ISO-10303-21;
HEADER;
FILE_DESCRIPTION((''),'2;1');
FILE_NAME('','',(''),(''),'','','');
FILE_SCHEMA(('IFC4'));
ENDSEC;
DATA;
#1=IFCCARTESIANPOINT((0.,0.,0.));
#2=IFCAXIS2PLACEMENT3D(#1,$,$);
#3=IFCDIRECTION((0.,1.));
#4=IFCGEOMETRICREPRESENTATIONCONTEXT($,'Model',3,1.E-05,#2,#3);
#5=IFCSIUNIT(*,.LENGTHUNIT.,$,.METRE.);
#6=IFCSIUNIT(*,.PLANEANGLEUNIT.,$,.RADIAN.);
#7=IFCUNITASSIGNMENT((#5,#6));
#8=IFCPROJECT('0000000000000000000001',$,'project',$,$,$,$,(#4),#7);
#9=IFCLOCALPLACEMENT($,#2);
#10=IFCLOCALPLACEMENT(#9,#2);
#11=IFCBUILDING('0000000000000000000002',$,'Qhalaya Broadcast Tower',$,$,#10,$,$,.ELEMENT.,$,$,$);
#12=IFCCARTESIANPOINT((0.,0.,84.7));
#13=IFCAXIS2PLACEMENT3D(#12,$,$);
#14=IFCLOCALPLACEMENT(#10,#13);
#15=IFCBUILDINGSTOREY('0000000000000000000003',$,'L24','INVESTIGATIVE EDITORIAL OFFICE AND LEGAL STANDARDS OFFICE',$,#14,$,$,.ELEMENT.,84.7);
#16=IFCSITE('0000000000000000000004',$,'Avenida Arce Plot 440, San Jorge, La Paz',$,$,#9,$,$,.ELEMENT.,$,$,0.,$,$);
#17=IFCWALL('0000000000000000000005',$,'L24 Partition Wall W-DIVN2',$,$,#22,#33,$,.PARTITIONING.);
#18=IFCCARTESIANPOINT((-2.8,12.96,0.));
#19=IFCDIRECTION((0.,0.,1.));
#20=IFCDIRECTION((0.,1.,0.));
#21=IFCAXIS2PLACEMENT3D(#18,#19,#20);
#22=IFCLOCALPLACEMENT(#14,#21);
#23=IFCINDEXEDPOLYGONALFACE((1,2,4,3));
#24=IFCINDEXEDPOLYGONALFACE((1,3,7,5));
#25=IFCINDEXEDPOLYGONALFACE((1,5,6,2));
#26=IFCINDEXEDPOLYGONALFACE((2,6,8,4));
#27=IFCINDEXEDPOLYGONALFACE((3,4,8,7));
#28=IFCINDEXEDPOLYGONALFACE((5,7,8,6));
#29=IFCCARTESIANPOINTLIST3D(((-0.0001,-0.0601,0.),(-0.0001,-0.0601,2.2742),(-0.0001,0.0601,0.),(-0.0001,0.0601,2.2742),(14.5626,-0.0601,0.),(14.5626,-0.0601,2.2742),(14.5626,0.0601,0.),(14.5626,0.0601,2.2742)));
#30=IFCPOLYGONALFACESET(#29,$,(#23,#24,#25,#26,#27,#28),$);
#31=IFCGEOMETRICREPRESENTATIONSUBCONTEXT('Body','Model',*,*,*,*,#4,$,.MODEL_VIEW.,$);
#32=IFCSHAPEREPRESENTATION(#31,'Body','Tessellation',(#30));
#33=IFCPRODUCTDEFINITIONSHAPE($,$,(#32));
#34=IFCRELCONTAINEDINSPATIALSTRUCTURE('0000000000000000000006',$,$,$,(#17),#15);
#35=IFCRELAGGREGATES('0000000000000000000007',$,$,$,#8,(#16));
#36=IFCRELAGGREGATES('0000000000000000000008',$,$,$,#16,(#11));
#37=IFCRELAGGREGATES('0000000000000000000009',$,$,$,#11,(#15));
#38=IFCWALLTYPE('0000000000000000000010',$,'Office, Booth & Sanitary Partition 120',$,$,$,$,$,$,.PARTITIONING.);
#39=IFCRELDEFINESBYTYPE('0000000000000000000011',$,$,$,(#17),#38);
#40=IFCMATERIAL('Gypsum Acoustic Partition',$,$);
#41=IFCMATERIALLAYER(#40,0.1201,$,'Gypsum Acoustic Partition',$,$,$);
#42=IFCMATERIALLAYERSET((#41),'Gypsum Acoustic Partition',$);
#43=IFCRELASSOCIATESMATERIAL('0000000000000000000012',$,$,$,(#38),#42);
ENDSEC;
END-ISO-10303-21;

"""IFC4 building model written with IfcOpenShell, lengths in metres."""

from ifc_helpers import new_model, si_unit, direction, frame, frame_2d, origin, place, context, subcontext, project, spatial, rectangle, extrude, material, layer, layer_set, type_object, element, save


model = new_model("IFC4")

# Units and contexts
model_context = context("Model", 3, precision=1e-05, world=origin(), true_north=direction((0.0, 1.0)))
body_context = subcontext(model_context, "Body", "Model", "MODEL_VIEW")
ifc_project = project(units=[si_unit("LENGTHUNIT", "METRE"), si_unit("PLANEANGLEUNIT", "RADIAN")], contexts=[model_context])

# Site, building, storey
site_placement = place(None, origin())
site = spatial("IfcSite", under=ifc_project, at=site_placement, Name="Avenida Arce Plot 440, San Jorge, La Paz", CompositionType="ELEMENT", RefElevation=0.0)
building_placement = place(site_placement, origin())
building = spatial("IfcBuilding", under=site, at=building_placement, Name="Qhalaya Broadcast Tower", CompositionType="ELEMENT")
storey_placement = place(building_placement, frame((0.0, 0.0, 84.7)))
storey = spatial("IfcBuildingStorey", under=building, at=storey_placement, Name="L24", Description="INVESTIGATIVE EDITORIAL OFFICE AND LEGAL STANDARDS OFFICE", CompositionType="ELEMENT", Elevation=84.7)

# Shared definitions
ifc_material_1 = material(Name="Gypsum Acoustic Partition")

# Wall
ifc_layer_1 = layer(ifc_material_1, 0.1201, Name="Gypsum Acoustic Partition")
ifc_layer_set_1 = layer_set([ifc_layer_1], Name="Gypsum Acoustic Partition")
wall_type_1 = type_object("IfcWallType", Name="Office, Booth & Sanitary Partition 120", PredefinedType="PARTITIONING", material=ifc_layer_set_1)
wall_1_placement = place(storey_placement, frame((-2.8, 12.96, 0.0), z_axis=(0.0, 0.0, 1.0), x_axis=(0.0, 1.0, 0.0)))
element("IfcWall", 1, at=wall_1_placement, inside=storey, type_object=wall_type_1, Name="L24 Partition Wall W-DIVN2", PredefinedType="PARTITIONING", context=body_context, shape_type="SweptSolid", body=[
    extrude(rectangle(XDim=14.5627, YDim=0.1201, at=frame_2d((7.2812, 0.0))), origin(), (0.0, 0.0, 1.0), 2.2742),
])

save(model, "model.ifc")
